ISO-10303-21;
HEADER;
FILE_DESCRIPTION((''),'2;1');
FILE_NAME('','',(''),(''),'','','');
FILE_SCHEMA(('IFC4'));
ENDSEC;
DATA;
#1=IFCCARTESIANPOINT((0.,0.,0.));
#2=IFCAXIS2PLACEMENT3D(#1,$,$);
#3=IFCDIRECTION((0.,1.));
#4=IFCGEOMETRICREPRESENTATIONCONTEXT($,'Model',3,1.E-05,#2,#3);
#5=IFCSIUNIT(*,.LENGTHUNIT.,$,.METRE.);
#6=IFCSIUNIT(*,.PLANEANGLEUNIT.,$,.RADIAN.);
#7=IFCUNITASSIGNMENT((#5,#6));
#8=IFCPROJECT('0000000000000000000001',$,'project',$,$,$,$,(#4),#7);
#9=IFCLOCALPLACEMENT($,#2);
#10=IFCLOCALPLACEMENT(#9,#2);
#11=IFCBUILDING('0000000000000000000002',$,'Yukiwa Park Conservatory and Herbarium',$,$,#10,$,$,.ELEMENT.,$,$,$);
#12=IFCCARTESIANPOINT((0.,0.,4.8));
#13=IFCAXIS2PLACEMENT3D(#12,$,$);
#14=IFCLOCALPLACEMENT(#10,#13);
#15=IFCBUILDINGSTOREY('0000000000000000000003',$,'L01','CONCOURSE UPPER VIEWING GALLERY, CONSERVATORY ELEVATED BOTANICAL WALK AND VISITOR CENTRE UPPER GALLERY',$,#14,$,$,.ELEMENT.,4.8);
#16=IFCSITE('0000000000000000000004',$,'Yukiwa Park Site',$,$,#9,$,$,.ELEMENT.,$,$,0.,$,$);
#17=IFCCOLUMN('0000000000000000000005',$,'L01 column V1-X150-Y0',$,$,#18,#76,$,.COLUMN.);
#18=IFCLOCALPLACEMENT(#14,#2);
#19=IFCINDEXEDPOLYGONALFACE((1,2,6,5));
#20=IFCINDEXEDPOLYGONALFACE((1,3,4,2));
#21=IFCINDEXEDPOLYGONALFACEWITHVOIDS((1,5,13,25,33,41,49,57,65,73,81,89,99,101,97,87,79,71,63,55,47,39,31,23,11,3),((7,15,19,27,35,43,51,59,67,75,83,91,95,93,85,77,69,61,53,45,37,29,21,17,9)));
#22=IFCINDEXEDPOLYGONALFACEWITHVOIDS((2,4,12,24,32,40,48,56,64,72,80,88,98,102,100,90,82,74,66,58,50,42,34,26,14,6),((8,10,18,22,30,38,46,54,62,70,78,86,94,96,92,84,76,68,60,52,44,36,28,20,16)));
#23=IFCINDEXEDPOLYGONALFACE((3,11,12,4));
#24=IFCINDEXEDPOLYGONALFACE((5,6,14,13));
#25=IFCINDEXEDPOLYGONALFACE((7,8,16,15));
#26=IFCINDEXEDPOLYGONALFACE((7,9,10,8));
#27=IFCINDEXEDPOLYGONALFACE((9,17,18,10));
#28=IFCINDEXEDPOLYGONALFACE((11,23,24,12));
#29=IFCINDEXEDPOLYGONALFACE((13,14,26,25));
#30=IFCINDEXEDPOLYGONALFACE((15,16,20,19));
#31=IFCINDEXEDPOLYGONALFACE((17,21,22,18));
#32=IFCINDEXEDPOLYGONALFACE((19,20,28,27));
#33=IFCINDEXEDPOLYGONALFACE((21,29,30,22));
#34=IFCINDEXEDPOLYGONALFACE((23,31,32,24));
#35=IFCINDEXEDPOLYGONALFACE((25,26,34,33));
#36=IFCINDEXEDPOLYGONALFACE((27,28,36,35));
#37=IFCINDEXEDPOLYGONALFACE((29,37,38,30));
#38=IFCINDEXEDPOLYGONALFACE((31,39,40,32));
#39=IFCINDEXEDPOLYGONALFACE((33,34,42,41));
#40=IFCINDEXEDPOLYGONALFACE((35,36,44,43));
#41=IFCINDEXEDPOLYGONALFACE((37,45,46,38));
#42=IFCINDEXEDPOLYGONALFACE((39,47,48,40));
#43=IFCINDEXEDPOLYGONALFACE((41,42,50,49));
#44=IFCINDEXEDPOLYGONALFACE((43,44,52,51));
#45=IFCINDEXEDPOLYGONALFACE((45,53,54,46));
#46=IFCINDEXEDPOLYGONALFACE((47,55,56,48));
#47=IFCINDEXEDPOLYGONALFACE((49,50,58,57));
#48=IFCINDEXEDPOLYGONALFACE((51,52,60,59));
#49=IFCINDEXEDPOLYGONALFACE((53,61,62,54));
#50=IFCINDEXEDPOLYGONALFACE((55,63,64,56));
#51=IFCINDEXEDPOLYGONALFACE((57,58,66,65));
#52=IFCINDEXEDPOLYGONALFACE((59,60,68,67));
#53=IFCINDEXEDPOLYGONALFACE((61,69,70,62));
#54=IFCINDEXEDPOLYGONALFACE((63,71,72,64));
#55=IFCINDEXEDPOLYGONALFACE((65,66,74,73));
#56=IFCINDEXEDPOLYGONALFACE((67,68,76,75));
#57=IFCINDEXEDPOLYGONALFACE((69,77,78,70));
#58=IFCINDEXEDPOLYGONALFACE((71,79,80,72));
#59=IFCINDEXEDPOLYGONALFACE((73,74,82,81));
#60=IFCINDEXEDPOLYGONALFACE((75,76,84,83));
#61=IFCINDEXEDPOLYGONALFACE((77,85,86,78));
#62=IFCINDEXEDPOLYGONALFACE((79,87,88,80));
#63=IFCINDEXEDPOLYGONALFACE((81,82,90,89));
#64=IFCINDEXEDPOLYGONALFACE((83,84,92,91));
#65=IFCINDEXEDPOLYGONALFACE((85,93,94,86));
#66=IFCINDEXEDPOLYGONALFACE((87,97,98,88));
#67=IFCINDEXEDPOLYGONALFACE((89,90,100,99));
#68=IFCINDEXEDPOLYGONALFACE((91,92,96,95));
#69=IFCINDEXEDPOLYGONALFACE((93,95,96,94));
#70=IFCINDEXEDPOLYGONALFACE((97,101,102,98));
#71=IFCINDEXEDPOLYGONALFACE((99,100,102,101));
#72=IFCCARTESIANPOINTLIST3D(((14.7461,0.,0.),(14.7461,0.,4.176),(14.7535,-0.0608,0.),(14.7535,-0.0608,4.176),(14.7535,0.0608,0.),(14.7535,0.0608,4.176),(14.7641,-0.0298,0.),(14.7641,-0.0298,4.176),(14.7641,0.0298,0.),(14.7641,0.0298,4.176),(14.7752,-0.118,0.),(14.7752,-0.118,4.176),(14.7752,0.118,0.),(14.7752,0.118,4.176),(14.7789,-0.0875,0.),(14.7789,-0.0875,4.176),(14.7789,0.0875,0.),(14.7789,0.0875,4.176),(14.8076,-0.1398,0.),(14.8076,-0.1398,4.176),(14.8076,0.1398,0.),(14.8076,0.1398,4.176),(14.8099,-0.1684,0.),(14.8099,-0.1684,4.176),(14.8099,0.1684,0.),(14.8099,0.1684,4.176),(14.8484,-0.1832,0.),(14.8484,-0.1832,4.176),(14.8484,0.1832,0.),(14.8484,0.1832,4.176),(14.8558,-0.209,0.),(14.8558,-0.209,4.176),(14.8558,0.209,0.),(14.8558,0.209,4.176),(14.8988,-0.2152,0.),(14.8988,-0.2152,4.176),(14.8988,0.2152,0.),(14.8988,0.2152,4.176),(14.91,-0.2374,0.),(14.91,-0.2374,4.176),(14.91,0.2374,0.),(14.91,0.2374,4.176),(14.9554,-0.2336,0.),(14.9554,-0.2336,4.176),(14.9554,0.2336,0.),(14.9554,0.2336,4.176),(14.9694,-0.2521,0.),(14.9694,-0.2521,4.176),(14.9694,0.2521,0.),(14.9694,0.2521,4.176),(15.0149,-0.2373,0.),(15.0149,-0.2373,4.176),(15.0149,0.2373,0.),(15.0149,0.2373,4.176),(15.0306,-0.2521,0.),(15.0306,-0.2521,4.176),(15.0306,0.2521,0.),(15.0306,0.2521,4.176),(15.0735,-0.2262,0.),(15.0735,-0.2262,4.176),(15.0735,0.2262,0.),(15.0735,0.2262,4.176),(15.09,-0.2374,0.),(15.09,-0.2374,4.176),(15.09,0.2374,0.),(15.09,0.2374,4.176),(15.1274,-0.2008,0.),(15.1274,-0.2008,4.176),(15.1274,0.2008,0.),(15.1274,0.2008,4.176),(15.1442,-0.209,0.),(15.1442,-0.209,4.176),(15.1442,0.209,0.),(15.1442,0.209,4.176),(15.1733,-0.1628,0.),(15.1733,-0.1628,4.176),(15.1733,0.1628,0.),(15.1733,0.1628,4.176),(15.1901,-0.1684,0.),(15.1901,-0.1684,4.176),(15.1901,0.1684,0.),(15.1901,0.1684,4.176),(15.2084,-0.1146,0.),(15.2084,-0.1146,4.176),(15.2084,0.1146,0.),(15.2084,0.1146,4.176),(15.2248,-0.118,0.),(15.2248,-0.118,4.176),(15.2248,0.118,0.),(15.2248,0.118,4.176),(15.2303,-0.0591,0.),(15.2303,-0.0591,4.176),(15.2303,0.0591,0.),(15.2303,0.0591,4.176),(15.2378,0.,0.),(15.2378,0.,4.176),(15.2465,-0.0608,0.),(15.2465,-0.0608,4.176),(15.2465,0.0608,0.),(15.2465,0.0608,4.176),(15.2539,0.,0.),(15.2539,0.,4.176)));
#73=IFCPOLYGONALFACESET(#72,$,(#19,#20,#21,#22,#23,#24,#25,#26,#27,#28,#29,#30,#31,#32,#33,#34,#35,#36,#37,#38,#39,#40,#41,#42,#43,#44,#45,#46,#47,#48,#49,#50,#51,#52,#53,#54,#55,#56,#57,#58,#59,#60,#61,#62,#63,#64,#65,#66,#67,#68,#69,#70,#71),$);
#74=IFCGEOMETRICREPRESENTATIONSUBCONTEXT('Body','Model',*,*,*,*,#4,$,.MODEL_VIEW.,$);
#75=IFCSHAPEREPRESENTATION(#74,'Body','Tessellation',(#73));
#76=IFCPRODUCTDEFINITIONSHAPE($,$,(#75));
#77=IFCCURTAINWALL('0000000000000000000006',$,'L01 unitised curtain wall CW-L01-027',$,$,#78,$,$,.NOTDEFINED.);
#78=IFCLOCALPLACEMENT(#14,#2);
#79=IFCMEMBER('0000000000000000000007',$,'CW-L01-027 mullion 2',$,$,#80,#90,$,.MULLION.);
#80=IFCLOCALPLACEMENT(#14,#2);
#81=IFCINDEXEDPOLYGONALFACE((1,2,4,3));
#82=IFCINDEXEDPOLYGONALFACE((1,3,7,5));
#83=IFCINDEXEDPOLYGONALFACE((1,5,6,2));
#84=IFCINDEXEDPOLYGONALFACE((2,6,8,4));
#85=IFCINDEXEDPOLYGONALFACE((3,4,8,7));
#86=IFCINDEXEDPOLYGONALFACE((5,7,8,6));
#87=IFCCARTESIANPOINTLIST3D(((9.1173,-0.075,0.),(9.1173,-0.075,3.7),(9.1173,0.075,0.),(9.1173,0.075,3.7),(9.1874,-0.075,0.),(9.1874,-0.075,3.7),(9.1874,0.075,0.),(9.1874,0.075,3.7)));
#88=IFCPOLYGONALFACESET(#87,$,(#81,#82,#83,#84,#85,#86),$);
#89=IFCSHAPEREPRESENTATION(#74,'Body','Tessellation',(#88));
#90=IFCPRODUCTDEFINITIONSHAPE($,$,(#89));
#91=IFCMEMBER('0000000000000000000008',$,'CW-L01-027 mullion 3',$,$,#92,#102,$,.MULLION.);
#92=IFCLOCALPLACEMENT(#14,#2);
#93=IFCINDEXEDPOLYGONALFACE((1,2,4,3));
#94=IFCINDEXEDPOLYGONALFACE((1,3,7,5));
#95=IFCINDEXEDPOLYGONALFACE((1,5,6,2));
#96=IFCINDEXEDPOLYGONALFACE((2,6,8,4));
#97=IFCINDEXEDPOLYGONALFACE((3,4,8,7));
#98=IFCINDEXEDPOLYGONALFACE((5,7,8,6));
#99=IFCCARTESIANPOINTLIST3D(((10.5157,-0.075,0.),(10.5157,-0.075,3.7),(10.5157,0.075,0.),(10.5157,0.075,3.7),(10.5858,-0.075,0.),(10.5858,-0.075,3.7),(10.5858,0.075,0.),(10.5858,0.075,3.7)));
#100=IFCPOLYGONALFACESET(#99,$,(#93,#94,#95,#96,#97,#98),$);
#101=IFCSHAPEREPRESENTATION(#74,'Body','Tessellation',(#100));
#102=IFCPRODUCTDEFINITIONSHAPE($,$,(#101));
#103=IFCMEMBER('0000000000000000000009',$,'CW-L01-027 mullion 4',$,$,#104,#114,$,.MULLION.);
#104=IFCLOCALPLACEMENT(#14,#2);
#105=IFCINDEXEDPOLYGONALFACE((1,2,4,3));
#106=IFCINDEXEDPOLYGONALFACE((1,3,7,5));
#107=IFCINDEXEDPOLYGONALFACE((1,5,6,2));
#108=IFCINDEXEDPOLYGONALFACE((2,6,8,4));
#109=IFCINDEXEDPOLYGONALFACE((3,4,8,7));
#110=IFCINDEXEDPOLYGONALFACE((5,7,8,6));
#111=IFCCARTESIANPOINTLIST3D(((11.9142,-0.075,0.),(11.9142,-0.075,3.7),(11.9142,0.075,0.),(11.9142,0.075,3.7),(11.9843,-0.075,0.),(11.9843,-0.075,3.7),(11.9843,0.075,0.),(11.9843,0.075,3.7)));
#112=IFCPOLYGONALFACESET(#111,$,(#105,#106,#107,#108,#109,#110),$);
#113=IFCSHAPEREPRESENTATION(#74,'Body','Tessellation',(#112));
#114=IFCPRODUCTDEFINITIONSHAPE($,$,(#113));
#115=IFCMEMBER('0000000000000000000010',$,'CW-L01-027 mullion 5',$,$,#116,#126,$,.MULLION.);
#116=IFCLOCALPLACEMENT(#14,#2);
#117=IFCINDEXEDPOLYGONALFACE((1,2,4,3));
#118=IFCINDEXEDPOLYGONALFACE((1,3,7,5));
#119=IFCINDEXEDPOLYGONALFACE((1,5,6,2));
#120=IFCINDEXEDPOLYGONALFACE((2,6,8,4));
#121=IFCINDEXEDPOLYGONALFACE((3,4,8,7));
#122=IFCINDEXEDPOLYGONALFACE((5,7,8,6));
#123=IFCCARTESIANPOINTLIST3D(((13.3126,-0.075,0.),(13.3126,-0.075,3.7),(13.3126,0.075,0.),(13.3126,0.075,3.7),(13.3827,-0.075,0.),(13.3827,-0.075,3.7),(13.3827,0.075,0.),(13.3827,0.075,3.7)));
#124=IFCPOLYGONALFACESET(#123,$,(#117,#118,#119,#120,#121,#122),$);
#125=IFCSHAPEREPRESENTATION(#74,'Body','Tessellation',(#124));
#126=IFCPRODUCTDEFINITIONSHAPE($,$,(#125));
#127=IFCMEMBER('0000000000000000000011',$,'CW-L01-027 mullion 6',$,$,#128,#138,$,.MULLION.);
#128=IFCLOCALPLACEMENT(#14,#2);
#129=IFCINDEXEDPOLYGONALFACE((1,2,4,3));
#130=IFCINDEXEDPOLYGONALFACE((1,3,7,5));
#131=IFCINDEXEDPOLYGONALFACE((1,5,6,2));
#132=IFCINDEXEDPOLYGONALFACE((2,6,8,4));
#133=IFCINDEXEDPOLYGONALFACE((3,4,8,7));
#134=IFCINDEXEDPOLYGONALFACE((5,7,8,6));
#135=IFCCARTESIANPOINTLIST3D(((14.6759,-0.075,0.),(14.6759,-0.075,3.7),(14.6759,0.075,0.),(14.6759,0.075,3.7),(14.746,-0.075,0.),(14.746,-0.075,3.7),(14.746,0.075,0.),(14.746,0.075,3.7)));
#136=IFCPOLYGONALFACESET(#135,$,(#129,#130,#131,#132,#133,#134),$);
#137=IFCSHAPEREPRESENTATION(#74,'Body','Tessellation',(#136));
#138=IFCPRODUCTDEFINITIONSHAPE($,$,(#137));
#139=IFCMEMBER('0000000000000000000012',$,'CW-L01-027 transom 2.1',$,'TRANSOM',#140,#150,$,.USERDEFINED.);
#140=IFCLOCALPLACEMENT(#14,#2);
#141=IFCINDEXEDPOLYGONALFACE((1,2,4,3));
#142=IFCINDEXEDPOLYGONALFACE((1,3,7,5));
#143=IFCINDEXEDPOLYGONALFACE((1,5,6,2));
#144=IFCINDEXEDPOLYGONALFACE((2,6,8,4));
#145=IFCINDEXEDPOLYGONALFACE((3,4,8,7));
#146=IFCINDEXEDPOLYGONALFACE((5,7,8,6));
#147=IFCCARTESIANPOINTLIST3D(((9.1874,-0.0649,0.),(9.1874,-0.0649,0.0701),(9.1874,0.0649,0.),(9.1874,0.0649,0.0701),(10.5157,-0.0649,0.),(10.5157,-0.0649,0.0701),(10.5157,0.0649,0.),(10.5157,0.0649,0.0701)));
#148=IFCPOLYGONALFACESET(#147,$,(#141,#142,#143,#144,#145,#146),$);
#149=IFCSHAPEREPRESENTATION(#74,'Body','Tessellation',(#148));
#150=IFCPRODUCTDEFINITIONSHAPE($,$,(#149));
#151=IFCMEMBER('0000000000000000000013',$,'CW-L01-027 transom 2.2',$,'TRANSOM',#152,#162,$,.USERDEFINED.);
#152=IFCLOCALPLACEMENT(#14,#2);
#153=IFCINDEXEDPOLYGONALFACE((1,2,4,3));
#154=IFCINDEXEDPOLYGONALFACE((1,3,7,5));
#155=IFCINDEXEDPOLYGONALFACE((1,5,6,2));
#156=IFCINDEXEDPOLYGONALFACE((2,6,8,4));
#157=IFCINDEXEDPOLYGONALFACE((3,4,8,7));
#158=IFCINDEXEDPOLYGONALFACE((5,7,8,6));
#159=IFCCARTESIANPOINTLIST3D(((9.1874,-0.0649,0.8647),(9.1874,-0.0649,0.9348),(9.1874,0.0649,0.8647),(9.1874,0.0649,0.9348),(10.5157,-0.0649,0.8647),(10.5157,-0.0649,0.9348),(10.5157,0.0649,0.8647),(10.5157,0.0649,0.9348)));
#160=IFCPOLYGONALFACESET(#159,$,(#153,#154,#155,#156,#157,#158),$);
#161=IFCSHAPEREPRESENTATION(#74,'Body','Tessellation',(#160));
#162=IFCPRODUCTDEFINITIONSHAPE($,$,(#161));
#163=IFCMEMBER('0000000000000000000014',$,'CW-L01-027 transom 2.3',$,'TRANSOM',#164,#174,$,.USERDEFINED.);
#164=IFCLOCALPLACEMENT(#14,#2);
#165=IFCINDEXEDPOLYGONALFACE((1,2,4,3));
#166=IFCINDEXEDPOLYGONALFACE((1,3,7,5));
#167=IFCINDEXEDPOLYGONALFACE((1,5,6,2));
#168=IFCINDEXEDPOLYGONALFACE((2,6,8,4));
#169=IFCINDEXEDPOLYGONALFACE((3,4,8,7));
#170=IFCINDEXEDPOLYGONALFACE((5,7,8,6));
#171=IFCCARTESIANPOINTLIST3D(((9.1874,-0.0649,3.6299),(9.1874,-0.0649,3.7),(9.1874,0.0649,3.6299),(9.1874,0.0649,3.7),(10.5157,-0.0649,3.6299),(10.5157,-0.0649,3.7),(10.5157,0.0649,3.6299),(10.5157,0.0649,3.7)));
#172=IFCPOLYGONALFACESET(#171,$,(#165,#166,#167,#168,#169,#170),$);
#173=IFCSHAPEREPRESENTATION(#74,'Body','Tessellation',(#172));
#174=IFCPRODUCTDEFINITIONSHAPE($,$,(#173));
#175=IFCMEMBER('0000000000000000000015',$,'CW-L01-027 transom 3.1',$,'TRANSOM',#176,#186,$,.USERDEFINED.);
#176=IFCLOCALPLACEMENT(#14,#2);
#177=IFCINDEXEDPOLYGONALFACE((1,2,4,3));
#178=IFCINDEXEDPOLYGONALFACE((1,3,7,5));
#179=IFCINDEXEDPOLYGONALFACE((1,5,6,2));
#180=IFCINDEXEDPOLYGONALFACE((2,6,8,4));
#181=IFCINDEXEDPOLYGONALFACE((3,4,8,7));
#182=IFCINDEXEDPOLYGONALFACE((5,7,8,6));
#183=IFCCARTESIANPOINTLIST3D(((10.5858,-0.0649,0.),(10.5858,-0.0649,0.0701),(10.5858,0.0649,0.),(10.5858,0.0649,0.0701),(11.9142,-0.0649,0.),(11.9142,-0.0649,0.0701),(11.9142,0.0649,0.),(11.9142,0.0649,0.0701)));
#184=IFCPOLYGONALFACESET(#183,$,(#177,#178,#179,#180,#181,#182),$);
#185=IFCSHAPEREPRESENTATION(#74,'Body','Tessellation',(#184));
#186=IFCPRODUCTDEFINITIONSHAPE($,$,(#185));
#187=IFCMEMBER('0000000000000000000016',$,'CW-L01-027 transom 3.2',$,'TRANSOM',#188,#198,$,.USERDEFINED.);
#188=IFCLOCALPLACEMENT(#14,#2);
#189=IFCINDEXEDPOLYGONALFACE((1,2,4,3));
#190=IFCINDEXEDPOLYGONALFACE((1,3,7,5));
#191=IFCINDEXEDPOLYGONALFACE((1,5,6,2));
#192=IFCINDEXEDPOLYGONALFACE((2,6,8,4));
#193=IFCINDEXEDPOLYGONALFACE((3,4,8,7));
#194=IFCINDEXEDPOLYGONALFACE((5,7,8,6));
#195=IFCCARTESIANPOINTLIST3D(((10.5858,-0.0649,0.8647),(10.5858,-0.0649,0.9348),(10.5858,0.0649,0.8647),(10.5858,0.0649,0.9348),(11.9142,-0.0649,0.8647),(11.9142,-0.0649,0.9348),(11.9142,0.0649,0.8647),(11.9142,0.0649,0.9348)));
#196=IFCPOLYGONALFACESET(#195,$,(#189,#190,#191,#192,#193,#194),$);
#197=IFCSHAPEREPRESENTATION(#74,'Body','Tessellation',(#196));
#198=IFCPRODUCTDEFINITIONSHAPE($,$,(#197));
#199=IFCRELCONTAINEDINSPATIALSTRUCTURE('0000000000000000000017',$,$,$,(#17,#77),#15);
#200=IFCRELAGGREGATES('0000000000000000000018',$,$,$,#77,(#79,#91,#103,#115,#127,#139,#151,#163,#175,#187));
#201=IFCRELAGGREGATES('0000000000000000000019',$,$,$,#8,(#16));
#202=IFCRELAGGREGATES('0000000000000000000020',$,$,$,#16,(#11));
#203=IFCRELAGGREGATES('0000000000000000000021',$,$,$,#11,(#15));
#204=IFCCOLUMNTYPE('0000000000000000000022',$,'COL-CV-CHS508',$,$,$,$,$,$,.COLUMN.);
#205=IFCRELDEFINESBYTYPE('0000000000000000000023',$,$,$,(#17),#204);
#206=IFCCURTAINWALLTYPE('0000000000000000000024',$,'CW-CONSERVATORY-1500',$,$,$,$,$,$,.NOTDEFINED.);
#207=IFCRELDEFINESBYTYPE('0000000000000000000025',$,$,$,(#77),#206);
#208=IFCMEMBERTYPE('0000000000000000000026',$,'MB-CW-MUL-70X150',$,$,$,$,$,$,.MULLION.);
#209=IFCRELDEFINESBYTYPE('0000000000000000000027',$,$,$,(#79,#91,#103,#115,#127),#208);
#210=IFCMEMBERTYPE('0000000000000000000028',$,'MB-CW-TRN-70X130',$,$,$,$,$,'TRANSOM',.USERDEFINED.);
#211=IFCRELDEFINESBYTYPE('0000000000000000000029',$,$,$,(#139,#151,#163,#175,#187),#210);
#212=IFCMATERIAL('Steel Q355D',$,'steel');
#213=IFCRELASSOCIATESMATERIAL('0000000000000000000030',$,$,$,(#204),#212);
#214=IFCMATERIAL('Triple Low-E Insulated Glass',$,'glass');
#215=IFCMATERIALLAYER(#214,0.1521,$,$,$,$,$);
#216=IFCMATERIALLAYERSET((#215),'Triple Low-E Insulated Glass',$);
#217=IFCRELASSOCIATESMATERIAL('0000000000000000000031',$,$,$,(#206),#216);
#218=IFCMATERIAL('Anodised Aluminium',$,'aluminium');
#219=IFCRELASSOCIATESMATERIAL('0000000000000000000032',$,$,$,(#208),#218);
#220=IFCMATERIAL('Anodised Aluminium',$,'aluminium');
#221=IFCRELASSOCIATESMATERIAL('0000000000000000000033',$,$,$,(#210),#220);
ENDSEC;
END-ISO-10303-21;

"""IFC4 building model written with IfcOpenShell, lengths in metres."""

from ifc_helpers import new_model, si_unit, direction, frame, origin, origin_2d, place, context, subcontext, project, spatial, rectangle, hollow_circle, extrude, material, layer, layer_set, material_profile, profile_set, type_object, element, aggregate, save


model = new_model("IFC4")

# Units and contexts
model_context = context("Model", 3, precision=1e-05, world=origin(), true_north=direction((0.0, 1.0)))
body_context = subcontext(model_context, "Body", "Model", "MODEL_VIEW")
ifc_project = project(units=[si_unit("LENGTHUNIT", "METRE"), si_unit("PLANEANGLEUNIT", "RADIAN")], contexts=[model_context])

# Site, building, storey
site_placement = place(None, origin())
site = spatial("IfcSite", under=ifc_project, at=site_placement, Name="Yukiwa Park Site", CompositionType="ELEMENT", RefElevation=0.0)
building_placement = place(site_placement, origin())
building = spatial("IfcBuilding", under=site, at=building_placement, Name="Yukiwa Park Conservatory and Herbarium", CompositionType="ELEMENT")
storey_placement = place(building_placement, frame((0.0, 0.0, 4.8)))
storey = spatial("IfcBuildingStorey", under=building, at=storey_placement, Name="L01", Description="CONCOURSE UPPER VIEWING GALLERY, CONSERVATORY ELEVATED BOTANICAL WALK AND VISITOR CENTRE UPPER GALLERY", CompositionType="ELEMENT", Elevation=4.8)

# Column
ifc_material_1 = material(Name="Steel Q355D", Category="steel")
ifc_material_profile = material_profile(ifc_material_1, hollow_circle(Radius=0.2539, WallThickness=0.0161, at=origin_2d()), Name="CHS 508x16")
ifc_profile_set = profile_set([ifc_material_profile], Name="Steel Q355D")
column_type = type_object("IfcColumnType", Name="COL-CV-CHS508", PredefinedType="COLUMN", material=ifc_profile_set)
column_placement = place(storey_placement, frame((15.0, 0.0, 0.0), z_axis=(0.0, 0.0, 1.0), x_axis=(1.0, 0.0, 0.0)))
element("IfcColumn", 1, at=column_placement, inside=storey, type_object=column_type, Name="L01 column V1-X150-Y0", PredefinedType="COLUMN", context=body_context, shape_type="SweptSolid", body=[
    extrude(hollow_circle(Radius=0.2539, WallThickness=0.0161, at=origin_2d()), origin(), (0.0, 0.0, 1.0), 4.176),
])

# Curtain wall, members
ifc_material_2 = material(Name="Triple Low-E Insulated Glass", Category="glass")
ifc_layer_1 = layer(ifc_material_2, 0.1521)
ifc_layer_set_1 = layer_set([ifc_layer_1], Name="Triple Low-E Insulated Glass")
curtain_wall_type = type_object("IfcCurtainWallType", Name="CW-CONSERVATORY-1500", PredefinedType="NOTDEFINED", material=ifc_layer_set_1)
curtain_wall_placement = place(storey_placement, origin())
curtain_wall = element("IfcCurtainWall", 2, at=curtain_wall_placement, inside=storey, type_object=curtain_wall_type, Name="L01 unitised curtain wall CW-L01-027", PredefinedType="NOTDEFINED")
ifc_material_3 = material(Name="Anodised Aluminium", Category="aluminium")
member_type_1 = type_object("IfcMemberType", Name="MB-CW-MUL-70X150", PredefinedType="MULLION", material=ifc_material_3)
member_1_placement = place(storey_placement, frame((9.1523, 0.0, 0.0), z_axis=(0.0, 0.0, 1.0), x_axis=(1.0, 0.0, 0.0)))
member_1 = element("IfcMember", 3, at=member_1_placement, type_object=member_type_1, Name="CW-L01-027 mullion 2", PredefinedType="MULLION", context=body_context, shape_type="SweptSolid", body=[
    extrude(rectangle(XDim=0.0701, YDim=0.1499, at=origin_2d()), origin(), (0.0, 0.0, 1.0), 3.7),
])
member_2_placement = place(storey_placement, frame((10.5508, 0.0, 0.0), z_axis=(0.0, 0.0, 1.0), x_axis=(1.0, 0.0, 0.0)))
member_2 = element("IfcMember", 4, at=member_2_placement, type_object=member_type_1, Name="CW-L01-027 mullion 3", PredefinedType="MULLION", context=body_context, shape_type="SweptSolid", body=[
    extrude(rectangle(XDim=0.0701, YDim=0.1499, at=origin_2d()), origin(), (0.0, 0.0, 1.0), 3.7),
])
member_3_placement = place(storey_placement, frame((11.9492, 0.0, 0.0), z_axis=(0.0, 0.0, 1.0), x_axis=(1.0, 0.0, 0.0)))
member_3 = element("IfcMember", 5, at=member_3_placement, type_object=member_type_1, Name="CW-L01-027 mullion 4", PredefinedType="MULLION", context=body_context, shape_type="SweptSolid", body=[
    extrude(rectangle(XDim=0.0701, YDim=0.1499, at=origin_2d()), origin(), (0.0, 0.0, 1.0), 3.7),
])
member_4_placement = place(storey_placement, frame((13.3477, 0.0, 0.0), z_axis=(0.0, 0.0, 1.0), x_axis=(1.0, 0.0, 0.0)))
member_4 = element("IfcMember", 6, at=member_4_placement, type_object=member_type_1, Name="CW-L01-027 mullion 5", PredefinedType="MULLION", context=body_context, shape_type="SweptSolid", body=[
    extrude(rectangle(XDim=0.0701, YDim=0.1499, at=origin_2d()), origin(), (0.0, 0.0, 1.0), 3.7),
])
member_5_placement = place(storey_placement, frame((14.7109, 0.0, 0.0), z_axis=(0.0, 0.0, 1.0), x_axis=(1.0, 0.0, 0.0)))
member_5 = element("IfcMember", 7, at=member_5_placement, type_object=member_type_1, Name="CW-L01-027 mullion 6", PredefinedType="MULLION", context=body_context, shape_type="SweptSolid", body=[
    extrude(rectangle(XDim=0.0701, YDim=0.1499, at=origin_2d()), origin(), (0.0, 0.0, 1.0), 3.7),
])
ifc_material_4 = material(Name="Anodised Aluminium", Category="aluminium")
member_type_2 = type_object("IfcMemberType", Name="MB-CW-TRN-70X130", ElementType="TRANSOM", PredefinedType="USERDEFINED", material=ifc_material_4)
member_6_placement = place(storey_placement, frame((9.8516, 0.0, 0.0), z_axis=(0.0, 0.0, 1.0), x_axis=(1.0, 0.0, 0.0)))
member_6 = element("IfcMember", 8, at=member_6_placement, type_object=member_type_2, Name="CW-L01-027 transom 2.1", ObjectType="TRANSOM", PredefinedType="USERDEFINED", context=body_context, shape_type="SweptSolid", body=[
    extrude(rectangle(XDim=1.3284, YDim=0.1299, at=origin_2d()), origin(), (0.0, 0.0, 1.0), 0.0701),
])
member_7_placement = place(storey_placement, frame((9.8516, 0.0, 0.8647), z_axis=(0.0, 0.0, 1.0), x_axis=(1.0, 0.0, 0.0)))
member_7 = element("IfcMember", 9, at=member_7_placement, type_object=member_type_2, Name="CW-L01-027 transom 2.2", ObjectType="TRANSOM", PredefinedType="USERDEFINED", context=body_context, shape_type="SweptSolid", body=[
    extrude(rectangle(XDim=1.3284, YDim=0.1299, at=origin_2d()), origin(), (0.0, 0.0, 1.0), 0.0701),
])
member_8_placement = place(storey_placement, frame((9.8516, 0.0, 3.6299), z_axis=(0.0, 0.0, 1.0), x_axis=(1.0, 0.0, 0.0)))
member_8 = element("IfcMember", 10, at=member_8_placement, type_object=member_type_2, Name="CW-L01-027 transom 2.3", ObjectType="TRANSOM", PredefinedType="USERDEFINED", context=body_context, shape_type="SweptSolid", body=[
    extrude(rectangle(XDim=1.3284, YDim=0.1299, at=origin_2d()), origin(), (0.0, 0.0, 1.0), 0.0701),
])
member_9_placement = place(storey_placement, frame((11.25, 0.0, 0.0), z_axis=(0.0, 0.0, 1.0), x_axis=(1.0, 0.0, 0.0)))
member_9 = element("IfcMember", 11, at=member_9_placement, type_object=member_type_2, Name="CW-L01-027 transom 3.1", ObjectType="TRANSOM", PredefinedType="USERDEFINED", context=body_context, shape_type="SweptSolid", body=[
    extrude(rectangle(XDim=1.3284, YDim=0.1299, at=origin_2d()), origin(), (0.0, 0.0, 1.0), 0.0701),
])
member_10_placement = place(storey_placement, frame((11.25, 0.0, 0.8647), z_axis=(0.0, 0.0, 1.0), x_axis=(1.0, 0.0, 0.0)))
member_10 = element("IfcMember", 12, at=member_10_placement, type_object=member_type_2, Name="CW-L01-027 transom 3.2", ObjectType="TRANSOM", PredefinedType="USERDEFINED", context=body_context, shape_type="SweptSolid", body=[
    extrude(rectangle(XDim=1.3284, YDim=0.1299, at=origin_2d()), origin(), (0.0, 0.0, 1.0), 0.0701),
])

aggregate(curtain_wall, [member_1, member_2, member_3, member_4, member_5, member_6, member_7, member_8, member_9, member_10])

save(model, "model.ifc")
